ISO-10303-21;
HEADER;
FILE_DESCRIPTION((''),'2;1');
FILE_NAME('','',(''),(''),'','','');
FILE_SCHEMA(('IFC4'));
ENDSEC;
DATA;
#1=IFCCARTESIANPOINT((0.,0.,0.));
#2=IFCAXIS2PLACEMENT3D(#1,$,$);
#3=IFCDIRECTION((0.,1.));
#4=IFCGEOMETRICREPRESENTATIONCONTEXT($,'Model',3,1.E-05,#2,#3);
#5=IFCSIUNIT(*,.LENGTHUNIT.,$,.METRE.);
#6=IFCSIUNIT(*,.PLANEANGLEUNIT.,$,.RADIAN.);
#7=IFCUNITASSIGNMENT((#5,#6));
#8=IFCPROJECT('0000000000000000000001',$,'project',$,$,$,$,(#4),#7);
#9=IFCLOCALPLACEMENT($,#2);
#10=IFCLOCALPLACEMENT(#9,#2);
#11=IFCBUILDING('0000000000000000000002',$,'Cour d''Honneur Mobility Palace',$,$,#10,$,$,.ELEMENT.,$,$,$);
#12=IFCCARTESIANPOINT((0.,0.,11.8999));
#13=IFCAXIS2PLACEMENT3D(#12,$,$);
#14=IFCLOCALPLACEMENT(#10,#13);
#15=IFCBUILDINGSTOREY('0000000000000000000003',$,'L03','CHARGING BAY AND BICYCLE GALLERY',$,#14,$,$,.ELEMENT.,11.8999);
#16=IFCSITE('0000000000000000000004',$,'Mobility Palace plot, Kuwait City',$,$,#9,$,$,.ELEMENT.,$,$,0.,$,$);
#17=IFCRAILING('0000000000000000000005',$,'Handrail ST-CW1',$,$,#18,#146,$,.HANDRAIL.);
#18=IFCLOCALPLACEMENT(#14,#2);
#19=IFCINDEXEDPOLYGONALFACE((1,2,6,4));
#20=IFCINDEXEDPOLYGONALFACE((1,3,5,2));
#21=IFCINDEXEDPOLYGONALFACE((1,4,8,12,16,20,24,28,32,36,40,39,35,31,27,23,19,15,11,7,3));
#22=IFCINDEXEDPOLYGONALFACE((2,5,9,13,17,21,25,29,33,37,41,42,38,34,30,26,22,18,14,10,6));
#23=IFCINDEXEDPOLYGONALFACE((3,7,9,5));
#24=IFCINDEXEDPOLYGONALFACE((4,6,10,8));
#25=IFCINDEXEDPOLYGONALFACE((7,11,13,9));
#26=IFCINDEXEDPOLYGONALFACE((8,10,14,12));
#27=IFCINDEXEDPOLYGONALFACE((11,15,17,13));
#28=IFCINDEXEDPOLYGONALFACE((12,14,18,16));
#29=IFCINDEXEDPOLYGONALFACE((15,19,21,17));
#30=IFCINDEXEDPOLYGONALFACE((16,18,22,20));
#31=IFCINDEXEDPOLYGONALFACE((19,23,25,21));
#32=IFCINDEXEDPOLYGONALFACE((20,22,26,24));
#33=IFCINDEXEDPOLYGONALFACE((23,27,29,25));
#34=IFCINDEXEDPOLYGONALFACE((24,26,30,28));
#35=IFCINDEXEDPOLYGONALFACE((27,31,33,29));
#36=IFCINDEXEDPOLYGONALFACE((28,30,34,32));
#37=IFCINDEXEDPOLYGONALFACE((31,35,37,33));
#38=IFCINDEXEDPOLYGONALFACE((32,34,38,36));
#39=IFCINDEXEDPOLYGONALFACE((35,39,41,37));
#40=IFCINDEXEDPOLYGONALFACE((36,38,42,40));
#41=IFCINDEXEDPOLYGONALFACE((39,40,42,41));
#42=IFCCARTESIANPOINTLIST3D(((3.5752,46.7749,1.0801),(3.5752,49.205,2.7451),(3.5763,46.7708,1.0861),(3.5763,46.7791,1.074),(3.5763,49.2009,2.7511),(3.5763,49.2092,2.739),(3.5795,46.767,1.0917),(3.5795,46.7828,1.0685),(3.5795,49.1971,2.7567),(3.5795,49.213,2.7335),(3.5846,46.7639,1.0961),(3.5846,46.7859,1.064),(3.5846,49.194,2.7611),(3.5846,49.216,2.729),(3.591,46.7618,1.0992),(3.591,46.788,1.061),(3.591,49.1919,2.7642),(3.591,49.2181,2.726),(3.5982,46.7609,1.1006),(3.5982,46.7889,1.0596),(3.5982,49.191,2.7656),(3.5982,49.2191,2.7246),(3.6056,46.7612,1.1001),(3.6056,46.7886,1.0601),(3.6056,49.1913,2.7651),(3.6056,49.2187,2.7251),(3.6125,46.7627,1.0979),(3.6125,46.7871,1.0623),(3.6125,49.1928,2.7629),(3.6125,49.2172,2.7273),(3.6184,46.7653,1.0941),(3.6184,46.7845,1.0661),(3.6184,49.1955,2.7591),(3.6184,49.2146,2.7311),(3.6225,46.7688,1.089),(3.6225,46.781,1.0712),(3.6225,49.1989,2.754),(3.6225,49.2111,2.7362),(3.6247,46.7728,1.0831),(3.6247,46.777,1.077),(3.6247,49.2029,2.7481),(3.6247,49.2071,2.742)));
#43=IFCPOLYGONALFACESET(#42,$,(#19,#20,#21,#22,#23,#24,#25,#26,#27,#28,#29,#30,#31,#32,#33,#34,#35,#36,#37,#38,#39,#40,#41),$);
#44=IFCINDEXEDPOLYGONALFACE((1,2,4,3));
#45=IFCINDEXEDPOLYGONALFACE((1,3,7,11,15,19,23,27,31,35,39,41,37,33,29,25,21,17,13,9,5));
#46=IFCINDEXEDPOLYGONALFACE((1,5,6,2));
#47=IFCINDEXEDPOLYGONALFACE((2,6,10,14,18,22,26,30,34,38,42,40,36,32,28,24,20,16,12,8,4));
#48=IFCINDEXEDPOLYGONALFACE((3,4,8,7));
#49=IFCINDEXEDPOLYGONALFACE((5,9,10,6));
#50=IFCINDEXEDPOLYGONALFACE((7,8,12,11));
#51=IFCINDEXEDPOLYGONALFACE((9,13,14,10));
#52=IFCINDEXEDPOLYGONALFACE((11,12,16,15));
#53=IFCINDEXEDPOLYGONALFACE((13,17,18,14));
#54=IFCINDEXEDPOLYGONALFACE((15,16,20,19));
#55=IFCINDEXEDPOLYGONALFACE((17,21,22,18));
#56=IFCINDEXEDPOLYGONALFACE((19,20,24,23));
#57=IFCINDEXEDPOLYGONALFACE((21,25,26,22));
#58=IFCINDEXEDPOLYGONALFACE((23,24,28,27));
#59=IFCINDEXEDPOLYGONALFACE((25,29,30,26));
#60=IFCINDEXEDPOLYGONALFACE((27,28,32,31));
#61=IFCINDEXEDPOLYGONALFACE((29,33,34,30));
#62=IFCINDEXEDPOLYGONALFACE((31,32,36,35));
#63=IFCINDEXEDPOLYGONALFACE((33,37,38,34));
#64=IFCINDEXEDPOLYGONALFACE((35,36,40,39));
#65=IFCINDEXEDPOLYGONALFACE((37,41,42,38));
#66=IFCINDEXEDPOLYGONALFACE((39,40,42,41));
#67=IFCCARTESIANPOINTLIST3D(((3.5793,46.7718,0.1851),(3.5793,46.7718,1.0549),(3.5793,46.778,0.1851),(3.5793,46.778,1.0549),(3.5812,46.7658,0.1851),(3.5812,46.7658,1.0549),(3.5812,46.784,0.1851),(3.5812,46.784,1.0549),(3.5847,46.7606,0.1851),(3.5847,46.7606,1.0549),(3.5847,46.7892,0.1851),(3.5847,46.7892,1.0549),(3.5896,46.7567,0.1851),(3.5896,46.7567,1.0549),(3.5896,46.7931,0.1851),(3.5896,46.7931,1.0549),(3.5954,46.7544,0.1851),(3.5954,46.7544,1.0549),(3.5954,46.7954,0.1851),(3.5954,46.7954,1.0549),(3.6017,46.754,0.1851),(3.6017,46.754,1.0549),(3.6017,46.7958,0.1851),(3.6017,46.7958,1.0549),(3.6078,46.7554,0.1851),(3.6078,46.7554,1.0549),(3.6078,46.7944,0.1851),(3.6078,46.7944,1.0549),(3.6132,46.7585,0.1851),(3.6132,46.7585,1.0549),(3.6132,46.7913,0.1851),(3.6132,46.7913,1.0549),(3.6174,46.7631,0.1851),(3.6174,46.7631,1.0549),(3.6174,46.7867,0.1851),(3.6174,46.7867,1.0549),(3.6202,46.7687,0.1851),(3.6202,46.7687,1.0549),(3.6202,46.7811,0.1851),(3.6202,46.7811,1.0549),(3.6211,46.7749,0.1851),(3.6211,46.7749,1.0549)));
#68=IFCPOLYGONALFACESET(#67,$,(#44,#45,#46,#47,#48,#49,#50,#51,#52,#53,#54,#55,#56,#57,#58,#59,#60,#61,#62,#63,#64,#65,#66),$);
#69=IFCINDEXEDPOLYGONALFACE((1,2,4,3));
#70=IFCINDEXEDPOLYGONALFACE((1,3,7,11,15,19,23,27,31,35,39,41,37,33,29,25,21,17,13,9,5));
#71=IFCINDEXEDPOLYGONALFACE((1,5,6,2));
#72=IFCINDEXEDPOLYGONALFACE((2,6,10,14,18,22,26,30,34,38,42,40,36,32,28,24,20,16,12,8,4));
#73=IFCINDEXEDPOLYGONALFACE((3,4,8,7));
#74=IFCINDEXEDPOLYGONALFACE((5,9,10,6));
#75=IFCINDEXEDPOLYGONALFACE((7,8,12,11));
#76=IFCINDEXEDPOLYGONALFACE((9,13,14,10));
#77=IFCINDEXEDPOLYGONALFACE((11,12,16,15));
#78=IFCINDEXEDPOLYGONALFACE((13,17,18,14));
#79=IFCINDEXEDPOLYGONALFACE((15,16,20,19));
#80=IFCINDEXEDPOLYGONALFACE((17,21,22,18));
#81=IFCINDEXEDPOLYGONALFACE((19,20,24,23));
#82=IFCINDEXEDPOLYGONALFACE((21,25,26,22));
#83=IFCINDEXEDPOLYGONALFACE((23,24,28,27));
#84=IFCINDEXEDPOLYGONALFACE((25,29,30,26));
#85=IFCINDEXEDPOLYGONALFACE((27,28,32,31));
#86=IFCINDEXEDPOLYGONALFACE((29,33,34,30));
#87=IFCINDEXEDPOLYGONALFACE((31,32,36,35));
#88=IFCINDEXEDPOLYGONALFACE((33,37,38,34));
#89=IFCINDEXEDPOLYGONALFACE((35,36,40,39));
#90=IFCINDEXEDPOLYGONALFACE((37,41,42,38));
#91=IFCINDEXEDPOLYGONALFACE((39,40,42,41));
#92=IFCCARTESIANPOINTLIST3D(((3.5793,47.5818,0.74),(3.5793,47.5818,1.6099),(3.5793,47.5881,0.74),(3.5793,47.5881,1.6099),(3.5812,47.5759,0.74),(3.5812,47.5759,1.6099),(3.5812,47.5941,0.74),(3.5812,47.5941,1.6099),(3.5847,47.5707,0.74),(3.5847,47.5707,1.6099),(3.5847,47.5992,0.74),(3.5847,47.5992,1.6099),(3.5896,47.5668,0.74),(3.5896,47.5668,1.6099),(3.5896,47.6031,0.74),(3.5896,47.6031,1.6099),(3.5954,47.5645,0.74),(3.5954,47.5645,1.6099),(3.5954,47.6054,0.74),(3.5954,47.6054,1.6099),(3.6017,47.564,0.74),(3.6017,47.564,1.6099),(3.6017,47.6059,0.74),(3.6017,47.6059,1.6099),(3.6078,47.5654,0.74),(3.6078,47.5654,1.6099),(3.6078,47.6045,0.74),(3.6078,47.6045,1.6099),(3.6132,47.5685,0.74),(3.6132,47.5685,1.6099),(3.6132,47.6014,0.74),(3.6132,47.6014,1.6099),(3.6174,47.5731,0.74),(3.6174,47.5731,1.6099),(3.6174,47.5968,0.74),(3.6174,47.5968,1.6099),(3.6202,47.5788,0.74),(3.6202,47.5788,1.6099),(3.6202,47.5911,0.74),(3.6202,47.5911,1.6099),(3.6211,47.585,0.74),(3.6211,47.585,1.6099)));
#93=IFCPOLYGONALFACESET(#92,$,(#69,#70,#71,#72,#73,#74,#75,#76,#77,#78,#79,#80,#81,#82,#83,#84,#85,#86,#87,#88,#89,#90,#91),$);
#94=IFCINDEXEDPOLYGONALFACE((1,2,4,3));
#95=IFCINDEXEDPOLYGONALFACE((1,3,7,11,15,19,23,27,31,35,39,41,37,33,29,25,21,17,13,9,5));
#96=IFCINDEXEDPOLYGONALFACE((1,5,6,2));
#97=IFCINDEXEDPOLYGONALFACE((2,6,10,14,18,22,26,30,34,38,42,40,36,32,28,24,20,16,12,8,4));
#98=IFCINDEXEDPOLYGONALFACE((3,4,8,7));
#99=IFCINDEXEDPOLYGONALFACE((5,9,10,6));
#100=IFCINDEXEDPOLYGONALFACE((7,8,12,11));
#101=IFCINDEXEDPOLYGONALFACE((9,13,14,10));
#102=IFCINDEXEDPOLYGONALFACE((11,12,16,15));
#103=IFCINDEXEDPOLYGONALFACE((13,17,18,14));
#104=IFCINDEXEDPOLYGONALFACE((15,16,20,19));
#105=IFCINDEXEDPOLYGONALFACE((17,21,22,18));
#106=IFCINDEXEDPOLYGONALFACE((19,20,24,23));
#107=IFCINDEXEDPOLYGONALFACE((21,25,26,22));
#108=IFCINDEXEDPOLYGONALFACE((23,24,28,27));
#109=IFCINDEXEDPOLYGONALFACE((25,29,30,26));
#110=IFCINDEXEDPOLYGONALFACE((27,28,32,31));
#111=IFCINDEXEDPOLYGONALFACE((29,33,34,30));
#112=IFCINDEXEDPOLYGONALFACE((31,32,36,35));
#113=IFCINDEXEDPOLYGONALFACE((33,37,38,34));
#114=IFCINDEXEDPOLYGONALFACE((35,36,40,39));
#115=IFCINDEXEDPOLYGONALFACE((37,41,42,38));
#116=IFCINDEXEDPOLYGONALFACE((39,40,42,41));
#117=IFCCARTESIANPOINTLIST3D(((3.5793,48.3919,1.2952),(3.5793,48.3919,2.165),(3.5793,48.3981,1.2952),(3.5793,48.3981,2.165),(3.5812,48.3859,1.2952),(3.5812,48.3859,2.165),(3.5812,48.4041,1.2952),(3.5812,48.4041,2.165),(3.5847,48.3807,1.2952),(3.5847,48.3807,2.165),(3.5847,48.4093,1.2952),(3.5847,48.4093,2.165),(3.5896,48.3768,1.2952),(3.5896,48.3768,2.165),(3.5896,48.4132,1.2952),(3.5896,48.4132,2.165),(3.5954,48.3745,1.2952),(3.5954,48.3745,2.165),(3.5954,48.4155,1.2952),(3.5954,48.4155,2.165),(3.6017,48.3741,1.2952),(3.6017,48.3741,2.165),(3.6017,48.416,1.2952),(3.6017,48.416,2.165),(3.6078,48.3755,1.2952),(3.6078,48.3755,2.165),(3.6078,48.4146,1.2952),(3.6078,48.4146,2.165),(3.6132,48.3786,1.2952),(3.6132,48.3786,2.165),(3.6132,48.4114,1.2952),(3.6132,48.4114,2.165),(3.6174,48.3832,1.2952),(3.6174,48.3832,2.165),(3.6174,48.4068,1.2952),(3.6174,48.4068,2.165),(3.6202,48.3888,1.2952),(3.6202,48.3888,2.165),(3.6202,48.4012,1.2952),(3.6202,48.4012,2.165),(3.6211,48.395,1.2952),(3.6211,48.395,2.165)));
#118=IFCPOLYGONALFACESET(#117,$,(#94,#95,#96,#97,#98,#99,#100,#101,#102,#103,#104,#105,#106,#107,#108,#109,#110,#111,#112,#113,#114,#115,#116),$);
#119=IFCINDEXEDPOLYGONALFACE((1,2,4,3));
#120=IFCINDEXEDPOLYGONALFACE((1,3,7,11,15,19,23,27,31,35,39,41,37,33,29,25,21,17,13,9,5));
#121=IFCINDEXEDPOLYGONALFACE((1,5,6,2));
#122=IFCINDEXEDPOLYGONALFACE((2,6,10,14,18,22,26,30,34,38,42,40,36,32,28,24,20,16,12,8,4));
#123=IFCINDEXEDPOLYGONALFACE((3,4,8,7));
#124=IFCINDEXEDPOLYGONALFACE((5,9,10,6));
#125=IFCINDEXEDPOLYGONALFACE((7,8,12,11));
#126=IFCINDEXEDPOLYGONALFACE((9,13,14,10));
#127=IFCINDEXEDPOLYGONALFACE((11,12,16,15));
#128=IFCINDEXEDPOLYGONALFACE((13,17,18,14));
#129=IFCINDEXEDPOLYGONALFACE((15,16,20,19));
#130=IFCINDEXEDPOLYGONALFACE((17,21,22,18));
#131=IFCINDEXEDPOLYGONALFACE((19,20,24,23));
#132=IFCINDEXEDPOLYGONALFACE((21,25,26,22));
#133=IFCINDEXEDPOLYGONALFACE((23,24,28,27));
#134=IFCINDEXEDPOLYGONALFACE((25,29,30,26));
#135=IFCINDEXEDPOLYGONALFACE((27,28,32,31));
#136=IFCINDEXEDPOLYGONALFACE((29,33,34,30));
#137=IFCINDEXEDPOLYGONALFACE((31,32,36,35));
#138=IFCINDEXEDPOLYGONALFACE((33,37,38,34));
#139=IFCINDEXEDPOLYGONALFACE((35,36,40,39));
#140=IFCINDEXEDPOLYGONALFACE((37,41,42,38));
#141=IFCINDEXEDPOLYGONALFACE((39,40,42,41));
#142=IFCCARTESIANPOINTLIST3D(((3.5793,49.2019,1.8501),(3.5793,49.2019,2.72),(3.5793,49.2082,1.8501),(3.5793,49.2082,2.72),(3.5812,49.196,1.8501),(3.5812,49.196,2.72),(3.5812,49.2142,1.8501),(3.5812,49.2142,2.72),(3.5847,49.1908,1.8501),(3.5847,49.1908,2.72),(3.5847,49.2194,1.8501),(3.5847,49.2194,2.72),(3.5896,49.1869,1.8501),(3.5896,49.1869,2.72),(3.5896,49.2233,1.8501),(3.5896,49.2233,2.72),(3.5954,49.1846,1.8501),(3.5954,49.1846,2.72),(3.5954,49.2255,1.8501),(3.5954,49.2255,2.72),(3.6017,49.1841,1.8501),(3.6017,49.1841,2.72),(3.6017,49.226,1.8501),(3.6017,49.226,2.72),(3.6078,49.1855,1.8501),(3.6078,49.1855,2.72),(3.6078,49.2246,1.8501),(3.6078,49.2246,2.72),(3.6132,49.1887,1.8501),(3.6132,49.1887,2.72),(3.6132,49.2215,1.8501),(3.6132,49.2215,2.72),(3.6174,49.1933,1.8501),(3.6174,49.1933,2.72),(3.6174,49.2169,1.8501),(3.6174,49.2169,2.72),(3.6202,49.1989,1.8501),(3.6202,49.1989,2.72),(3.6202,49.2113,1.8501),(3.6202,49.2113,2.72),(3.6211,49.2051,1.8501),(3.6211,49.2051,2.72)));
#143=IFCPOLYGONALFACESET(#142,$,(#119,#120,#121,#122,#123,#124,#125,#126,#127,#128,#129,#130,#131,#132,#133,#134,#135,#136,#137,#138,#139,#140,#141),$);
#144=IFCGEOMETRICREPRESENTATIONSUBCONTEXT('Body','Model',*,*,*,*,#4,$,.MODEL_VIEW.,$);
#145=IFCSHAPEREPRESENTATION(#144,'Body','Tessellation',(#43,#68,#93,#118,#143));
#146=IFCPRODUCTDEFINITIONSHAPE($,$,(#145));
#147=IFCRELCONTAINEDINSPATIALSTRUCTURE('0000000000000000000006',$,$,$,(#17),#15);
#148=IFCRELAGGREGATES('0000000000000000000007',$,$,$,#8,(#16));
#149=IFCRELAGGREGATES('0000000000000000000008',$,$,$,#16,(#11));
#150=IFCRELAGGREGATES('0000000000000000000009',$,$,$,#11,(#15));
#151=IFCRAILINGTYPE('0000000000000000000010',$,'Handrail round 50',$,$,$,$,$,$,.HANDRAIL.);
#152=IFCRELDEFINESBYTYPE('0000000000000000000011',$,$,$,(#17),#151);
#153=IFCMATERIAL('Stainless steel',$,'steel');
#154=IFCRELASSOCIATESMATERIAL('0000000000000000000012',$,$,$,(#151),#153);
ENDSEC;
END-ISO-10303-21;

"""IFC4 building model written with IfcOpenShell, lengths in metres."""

from ifc_helpers import new_model, si_unit, direction, frame, origin, origin_2d, place, context, subcontext, project, spatial, circle, extrude, material, type_object, element, save


model = new_model("IFC4")

# Units and contexts
model_context = context("Model", 3, precision=1e-05, world=origin(), true_north=direction((0.0, 1.0)))
body_context = subcontext(model_context, "Body", "Model", "MODEL_VIEW")
ifc_project = project(units=[si_unit("LENGTHUNIT", "METRE"), si_unit("PLANEANGLEUNIT", "RADIAN")], contexts=[model_context])

# Site, building, storey
site_placement = place(None, origin())
site = spatial("IfcSite", under=ifc_project, at=site_placement, Name="Mobility Palace plot, Kuwait City", CompositionType="ELEMENT", RefElevation=0.0)
building_placement = place(site_placement, origin())
building = spatial("IfcBuilding", under=site, at=building_placement, Name="Cour d'Honneur Mobility Palace", CompositionType="ELEMENT")
storey_placement = place(building_placement, frame((0.0, 0.0, 11.8999)))
storey = spatial("IfcBuildingStorey", under=building, at=storey_placement, Name="L03", Description="CHARGING BAY AND BICYCLE GALLERY", CompositionType="ELEMENT", Elevation=11.8999)

# Railing
ifc_material_1 = material(Name="Stainless steel", Category="steel")
railing_type_1 = type_object("IfcRailingType", Name="Handrail round 50", PredefinedType="HANDRAIL", material=ifc_material_1)
railing_1_placement = place(storey_placement, frame((3.6001, 46.7749, 0.1851)))
element("IfcRailing", 1, at=railing_1_placement, inside=storey, type_object=railing_type_1, Name="Handrail ST-CW1", PredefinedType="HANDRAIL", context=body_context, shape_type="SweptSolid", body=[
    extrude(circle(Radius=0.0249, at=origin_2d()), frame((0.0, 0.0, 0.895), z_axis=(0.0, 0.824945, 0.565213), x_axis=(-1.0, 0.0, 0.0)), (0.0, 0.0, 1.0), 2.9458),
    extrude(circle(Radius=0.021, at=origin_2d()), origin(), (0.0, 0.0, 1.0), 0.8699),
    extrude(circle(Radius=0.021, at=origin_2d()), frame((0.0, 0.8101, 0.5549)), (0.0, 0.0, 1.0), 0.8699),
    extrude(circle(Radius=0.021, at=origin_2d()), frame((0.0, 1.6201, 1.1101)), (0.0, 0.0, 1.0), 0.8699),
    extrude(circle(Radius=0.021, at=origin_2d()), frame((0.0, 2.4302, 1.665)), (0.0, 0.0, 1.0), 0.8699),
])

save(model, "model.ifc")
